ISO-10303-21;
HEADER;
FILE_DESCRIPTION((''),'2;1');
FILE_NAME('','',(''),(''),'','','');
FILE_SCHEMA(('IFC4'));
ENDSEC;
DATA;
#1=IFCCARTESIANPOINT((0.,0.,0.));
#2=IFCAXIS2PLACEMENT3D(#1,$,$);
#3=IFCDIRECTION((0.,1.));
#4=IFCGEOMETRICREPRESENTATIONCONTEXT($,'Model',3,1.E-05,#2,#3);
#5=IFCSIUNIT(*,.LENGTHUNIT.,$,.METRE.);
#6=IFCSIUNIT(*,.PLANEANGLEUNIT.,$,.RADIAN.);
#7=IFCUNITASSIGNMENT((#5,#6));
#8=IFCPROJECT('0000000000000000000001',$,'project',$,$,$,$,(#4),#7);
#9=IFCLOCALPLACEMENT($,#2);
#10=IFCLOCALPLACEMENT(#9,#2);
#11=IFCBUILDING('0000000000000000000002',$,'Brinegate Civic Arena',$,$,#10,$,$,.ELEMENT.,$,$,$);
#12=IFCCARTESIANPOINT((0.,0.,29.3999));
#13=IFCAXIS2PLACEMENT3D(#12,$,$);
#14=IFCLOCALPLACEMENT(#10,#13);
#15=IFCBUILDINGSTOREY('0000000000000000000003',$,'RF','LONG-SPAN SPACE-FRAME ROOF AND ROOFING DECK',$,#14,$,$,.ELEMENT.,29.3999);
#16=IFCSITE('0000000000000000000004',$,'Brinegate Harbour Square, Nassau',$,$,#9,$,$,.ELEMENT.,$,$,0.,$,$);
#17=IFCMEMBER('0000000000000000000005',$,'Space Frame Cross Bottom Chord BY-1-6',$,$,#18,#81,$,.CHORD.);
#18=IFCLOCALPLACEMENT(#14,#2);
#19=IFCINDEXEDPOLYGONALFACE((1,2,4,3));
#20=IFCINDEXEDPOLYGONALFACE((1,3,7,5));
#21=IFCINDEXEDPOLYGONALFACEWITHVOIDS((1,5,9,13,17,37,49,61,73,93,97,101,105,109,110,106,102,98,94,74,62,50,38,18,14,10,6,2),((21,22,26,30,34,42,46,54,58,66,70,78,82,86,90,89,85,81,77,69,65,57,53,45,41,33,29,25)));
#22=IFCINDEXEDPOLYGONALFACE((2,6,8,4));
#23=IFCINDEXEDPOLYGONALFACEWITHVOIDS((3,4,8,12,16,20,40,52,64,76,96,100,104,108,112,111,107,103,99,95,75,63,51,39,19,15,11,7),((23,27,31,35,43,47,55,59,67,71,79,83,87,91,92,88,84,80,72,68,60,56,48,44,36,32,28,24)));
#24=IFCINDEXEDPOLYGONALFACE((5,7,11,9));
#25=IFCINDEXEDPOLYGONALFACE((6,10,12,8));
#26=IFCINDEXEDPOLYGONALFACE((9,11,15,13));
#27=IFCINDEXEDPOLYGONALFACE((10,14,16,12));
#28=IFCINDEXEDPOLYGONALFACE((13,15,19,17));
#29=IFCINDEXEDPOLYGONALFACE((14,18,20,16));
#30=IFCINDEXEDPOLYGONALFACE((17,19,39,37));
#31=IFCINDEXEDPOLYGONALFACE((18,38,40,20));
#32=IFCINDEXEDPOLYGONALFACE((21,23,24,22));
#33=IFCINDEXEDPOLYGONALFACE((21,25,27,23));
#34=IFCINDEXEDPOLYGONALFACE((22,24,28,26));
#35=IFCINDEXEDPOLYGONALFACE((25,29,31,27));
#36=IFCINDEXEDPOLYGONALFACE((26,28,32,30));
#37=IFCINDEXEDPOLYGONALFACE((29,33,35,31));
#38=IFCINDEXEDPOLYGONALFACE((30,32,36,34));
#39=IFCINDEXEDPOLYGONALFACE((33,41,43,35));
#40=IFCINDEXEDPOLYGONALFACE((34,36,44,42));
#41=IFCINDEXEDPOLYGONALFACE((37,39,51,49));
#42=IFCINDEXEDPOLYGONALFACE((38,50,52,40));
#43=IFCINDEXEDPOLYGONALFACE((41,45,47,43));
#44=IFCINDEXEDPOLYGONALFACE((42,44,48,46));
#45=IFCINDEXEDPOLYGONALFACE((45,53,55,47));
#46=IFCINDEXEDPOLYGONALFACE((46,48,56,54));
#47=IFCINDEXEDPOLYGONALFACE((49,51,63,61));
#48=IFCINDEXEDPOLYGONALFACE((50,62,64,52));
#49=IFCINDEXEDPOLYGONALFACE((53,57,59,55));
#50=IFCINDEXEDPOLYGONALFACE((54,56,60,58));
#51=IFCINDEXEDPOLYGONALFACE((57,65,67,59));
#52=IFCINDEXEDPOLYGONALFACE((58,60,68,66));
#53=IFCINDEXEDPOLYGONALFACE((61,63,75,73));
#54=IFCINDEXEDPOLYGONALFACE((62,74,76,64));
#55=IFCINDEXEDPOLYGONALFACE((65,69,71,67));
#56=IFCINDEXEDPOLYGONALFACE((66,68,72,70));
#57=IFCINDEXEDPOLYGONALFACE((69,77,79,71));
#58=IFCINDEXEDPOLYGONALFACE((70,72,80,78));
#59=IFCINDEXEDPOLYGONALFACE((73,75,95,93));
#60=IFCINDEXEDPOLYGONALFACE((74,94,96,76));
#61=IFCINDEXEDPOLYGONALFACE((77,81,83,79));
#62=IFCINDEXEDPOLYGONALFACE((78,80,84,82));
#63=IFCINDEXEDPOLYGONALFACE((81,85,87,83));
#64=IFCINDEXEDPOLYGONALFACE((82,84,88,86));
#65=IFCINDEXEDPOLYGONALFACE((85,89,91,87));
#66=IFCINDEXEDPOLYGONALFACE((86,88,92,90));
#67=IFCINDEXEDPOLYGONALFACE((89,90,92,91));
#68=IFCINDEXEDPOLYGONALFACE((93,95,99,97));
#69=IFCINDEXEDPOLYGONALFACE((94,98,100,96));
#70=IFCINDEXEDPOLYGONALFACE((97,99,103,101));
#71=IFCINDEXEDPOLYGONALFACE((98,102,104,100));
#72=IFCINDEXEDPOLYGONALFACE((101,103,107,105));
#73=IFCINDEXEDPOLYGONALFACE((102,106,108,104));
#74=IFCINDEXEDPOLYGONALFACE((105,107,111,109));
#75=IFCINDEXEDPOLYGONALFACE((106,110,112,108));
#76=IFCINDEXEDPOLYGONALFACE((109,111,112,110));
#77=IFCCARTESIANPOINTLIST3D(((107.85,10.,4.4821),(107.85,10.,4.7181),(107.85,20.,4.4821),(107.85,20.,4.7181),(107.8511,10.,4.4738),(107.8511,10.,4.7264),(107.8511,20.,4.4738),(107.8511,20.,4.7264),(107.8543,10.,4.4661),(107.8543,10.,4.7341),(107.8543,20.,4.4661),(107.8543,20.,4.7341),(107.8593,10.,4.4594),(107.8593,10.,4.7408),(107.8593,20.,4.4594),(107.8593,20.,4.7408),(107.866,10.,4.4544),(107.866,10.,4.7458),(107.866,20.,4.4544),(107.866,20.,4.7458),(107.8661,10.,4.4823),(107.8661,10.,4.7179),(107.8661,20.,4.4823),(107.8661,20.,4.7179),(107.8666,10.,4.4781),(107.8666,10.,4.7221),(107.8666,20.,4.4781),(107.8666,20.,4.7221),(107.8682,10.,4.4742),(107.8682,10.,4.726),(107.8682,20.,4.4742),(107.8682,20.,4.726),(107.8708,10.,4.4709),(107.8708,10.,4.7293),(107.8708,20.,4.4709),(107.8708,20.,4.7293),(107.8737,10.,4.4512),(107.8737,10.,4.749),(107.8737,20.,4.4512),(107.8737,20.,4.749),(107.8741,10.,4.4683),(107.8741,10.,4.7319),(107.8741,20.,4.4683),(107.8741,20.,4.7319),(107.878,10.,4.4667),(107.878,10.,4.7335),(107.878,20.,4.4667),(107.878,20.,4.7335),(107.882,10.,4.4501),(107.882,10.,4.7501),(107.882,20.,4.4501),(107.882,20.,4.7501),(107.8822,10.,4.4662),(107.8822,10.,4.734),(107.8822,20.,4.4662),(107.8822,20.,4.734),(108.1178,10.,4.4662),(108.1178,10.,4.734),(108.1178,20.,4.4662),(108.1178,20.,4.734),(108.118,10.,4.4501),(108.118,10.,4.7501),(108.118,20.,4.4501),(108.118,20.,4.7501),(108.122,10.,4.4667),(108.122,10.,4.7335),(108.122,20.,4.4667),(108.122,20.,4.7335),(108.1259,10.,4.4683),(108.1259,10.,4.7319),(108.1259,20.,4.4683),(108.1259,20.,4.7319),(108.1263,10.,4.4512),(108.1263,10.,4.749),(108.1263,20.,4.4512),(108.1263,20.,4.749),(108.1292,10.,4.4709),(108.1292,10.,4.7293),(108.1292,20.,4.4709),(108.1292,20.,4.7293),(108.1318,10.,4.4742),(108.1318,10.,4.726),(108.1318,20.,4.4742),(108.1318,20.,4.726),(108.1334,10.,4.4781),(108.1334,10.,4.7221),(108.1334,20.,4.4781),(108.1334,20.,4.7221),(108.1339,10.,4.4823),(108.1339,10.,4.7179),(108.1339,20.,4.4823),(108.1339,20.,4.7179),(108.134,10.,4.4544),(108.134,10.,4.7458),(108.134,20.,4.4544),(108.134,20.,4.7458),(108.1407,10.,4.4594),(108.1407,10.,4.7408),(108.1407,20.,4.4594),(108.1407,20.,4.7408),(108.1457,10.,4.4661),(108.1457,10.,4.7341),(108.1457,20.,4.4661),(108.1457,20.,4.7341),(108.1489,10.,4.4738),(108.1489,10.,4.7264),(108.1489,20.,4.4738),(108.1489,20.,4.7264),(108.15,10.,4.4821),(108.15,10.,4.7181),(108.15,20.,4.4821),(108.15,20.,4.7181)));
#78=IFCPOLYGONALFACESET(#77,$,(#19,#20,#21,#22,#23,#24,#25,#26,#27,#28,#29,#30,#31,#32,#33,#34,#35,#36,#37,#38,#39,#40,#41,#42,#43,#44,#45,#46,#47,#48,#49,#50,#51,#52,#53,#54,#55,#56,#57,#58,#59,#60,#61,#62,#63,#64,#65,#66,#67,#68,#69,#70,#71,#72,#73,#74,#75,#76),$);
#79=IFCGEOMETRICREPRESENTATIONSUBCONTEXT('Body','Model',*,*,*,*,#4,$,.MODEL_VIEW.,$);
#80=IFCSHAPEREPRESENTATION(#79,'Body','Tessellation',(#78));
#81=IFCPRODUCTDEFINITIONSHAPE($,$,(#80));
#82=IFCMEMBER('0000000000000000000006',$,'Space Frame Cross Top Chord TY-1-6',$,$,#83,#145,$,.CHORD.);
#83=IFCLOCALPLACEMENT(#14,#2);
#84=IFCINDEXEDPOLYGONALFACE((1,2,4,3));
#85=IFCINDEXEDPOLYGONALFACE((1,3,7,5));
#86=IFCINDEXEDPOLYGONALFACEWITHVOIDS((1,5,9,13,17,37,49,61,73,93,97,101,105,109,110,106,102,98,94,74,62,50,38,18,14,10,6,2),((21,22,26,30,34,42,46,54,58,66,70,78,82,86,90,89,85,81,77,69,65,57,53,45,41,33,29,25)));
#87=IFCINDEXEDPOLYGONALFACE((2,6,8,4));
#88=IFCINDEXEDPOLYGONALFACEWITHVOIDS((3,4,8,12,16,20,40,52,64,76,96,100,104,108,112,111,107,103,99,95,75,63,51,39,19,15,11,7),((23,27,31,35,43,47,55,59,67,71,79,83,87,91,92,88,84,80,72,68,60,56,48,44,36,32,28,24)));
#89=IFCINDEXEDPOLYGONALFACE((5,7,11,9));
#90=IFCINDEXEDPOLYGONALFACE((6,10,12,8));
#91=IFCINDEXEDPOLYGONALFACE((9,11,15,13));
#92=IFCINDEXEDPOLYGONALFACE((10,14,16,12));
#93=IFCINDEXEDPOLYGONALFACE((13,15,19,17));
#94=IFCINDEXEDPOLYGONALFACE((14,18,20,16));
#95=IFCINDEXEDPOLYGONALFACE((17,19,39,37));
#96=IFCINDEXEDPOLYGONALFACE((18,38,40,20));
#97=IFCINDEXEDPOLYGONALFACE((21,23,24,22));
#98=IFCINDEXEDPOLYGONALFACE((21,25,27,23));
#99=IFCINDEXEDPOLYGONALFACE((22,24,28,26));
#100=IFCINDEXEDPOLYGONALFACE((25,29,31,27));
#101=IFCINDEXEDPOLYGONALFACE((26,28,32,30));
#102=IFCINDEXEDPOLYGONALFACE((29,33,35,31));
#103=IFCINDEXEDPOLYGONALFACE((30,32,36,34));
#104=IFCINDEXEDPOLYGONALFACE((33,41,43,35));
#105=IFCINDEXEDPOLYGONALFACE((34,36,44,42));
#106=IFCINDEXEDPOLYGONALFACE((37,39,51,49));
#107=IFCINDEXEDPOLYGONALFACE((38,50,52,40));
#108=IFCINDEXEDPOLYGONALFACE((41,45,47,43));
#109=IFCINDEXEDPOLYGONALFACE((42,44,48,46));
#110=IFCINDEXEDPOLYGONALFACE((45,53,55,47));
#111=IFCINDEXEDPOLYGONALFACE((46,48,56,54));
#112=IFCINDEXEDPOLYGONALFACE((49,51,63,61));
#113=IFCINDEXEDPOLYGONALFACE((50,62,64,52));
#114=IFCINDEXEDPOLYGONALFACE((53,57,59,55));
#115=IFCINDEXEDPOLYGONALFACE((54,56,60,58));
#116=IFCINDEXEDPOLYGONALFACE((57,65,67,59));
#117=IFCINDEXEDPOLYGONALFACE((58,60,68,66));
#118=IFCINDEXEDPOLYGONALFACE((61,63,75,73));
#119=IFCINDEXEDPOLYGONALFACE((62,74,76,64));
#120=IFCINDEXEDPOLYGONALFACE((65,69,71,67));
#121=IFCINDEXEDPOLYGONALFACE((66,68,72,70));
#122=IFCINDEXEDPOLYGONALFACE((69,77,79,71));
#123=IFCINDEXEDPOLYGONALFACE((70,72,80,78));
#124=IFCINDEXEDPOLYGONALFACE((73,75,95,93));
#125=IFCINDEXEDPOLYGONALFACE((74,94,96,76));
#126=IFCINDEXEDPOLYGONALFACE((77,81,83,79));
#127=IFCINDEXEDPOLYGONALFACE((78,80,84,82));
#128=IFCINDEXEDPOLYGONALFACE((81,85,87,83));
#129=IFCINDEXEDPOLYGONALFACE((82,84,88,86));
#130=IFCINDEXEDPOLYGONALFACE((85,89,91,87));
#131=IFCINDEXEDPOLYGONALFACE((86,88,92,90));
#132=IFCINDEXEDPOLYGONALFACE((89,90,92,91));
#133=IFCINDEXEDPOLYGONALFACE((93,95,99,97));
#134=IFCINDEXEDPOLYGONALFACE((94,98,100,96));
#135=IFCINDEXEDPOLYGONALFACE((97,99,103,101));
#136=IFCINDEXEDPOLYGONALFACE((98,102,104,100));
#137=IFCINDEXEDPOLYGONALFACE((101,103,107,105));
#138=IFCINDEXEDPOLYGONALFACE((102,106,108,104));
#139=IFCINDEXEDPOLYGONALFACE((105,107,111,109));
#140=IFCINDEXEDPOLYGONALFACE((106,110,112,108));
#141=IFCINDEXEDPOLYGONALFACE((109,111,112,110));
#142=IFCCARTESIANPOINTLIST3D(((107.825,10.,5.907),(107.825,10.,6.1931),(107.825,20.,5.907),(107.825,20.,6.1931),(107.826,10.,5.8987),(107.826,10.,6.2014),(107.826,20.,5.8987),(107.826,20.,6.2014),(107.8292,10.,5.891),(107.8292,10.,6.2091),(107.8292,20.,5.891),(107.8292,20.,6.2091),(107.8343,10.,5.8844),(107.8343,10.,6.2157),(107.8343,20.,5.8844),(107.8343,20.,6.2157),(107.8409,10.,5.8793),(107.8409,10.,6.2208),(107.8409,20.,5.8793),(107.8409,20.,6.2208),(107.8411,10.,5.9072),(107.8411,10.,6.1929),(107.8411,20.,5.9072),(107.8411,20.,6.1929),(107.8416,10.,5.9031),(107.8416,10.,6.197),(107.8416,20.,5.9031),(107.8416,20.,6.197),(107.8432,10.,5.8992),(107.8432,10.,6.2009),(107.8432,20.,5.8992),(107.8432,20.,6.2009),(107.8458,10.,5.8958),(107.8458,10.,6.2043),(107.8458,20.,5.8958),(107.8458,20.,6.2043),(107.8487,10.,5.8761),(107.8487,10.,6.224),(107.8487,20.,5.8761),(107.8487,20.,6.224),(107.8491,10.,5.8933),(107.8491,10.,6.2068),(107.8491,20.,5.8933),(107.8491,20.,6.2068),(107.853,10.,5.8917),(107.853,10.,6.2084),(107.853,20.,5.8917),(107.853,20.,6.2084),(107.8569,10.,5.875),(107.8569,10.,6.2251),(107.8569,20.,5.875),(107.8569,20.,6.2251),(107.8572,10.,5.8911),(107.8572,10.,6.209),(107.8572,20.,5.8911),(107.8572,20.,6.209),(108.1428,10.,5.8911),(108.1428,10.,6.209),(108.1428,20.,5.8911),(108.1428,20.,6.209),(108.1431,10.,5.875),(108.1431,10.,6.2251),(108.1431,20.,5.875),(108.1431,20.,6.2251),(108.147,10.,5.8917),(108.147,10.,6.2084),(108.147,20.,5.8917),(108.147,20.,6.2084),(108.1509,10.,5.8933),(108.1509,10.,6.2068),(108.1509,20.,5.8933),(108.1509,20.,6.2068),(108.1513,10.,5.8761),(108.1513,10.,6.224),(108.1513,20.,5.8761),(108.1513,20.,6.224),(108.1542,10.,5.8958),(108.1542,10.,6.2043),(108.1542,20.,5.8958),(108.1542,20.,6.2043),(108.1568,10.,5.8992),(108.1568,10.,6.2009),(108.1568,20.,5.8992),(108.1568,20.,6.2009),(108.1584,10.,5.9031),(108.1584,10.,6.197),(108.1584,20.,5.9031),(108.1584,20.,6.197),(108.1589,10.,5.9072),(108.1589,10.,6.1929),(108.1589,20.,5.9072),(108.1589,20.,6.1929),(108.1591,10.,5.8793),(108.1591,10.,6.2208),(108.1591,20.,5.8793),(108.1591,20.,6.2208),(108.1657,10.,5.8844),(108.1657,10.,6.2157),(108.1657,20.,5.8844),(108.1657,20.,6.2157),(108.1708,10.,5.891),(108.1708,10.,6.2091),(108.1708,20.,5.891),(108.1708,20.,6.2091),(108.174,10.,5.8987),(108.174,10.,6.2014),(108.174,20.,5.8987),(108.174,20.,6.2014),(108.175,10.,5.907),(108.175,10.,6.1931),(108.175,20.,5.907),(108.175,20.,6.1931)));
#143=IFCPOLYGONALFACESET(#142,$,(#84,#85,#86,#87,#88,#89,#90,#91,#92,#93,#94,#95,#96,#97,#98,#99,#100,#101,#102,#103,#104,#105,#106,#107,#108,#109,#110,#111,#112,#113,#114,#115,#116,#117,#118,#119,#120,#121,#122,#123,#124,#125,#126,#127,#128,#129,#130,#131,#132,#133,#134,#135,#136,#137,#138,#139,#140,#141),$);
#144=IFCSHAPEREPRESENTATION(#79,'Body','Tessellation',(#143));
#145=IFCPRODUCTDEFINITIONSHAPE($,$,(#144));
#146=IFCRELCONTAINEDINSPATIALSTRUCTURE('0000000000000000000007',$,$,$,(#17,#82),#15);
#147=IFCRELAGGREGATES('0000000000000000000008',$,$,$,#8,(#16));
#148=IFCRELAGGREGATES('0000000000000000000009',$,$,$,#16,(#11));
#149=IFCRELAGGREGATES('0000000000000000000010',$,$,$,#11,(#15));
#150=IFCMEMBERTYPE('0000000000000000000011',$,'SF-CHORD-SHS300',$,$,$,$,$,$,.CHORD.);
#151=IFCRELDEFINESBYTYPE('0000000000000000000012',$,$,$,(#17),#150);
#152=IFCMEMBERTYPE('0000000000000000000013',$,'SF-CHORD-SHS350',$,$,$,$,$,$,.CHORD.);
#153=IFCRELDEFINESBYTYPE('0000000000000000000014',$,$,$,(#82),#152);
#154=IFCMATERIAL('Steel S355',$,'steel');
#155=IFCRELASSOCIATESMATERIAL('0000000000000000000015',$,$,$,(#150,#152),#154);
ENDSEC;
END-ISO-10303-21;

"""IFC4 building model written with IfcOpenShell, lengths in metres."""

from ifc_helpers import new_model, si_unit, direction, frame, origin, origin_2d, place, context, subcontext, project, spatial, hollow_rectangle, extrude, material, material_profile, profile_set, type_object, element, save


model = new_model("IFC4")

# Units and contexts
model_context = context("Model", 3, precision=1e-05, world=origin(), true_north=direction((0.0, 1.0)))
body_context = subcontext(model_context, "Body", "Model", "MODEL_VIEW")
ifc_project = project(units=[si_unit("LENGTHUNIT", "METRE"), si_unit("PLANEANGLEUNIT", "RADIAN")], contexts=[model_context])

# Site, building, storey
site_placement = place(None, origin())
site = spatial("IfcSite", under=ifc_project, at=site_placement, Name="Brinegate Harbour Square, Nassau", CompositionType="ELEMENT", RefElevation=0.0)
building_placement = place(site_placement, origin())
building = spatial("IfcBuilding", under=site, at=building_placement, Name="Brinegate Civic Arena", CompositionType="ELEMENT")
storey_placement = place(building_placement, frame((0.0, 0.0, 29.3999)))
storey = spatial("IfcBuildingStorey", under=building, at=storey_placement, Name="RF", Description="LONG-SPAN SPACE-FRAME ROOF AND ROOFING DECK", CompositionType="ELEMENT", Elevation=29.3999)

# Shared definitions
ifc_material_1 = material(Name="Steel S355", Category="steel")

# Members
ifc_material_profile_1 = material_profile(ifc_material_1, hollow_rectangle(XDim=0.3, YDim=0.3, WallThickness=0.0161, InnerFilletRadius=0.0161, OuterFilletRadius=0.032, at=origin_2d()), Name="SHS300X16")
ifc_profile_set_1 = profile_set([ifc_material_profile_1], Name="Steel S355")
member_type_1 = type_object("IfcMemberType", Name="SF-CHORD-SHS300", PredefinedType="CHORD", material=ifc_profile_set_1)
member_1_placement = place(storey_placement, frame((108.0, 10.0, 4.6001), z_axis=(0.0, 1.0, 0.0), x_axis=(-1.0, 0.0, 0.0)))
element("IfcMember", 1, at=member_1_placement, inside=storey, type_object=member_type_1, Name="Space Frame Cross Bottom Chord BY-1-6", PredefinedType="CHORD", context=body_context, shape_type="SweptSolid", body=[
    extrude(hollow_rectangle(XDim=0.3, YDim=0.3, WallThickness=0.0161, InnerFilletRadius=0.0161, OuterFilletRadius=0.032, at=origin_2d()), origin(), (0.0, 0.0, 1.0), 10.0),
])
ifc_material_profile_2 = material_profile(ifc_material_1, hollow_rectangle(XDim=0.3501, YDim=0.3501, WallThickness=0.0161, InnerFilletRadius=0.0161, OuterFilletRadius=0.032, at=origin_2d()), Name="SHS350X16")
ifc_profile_set_2 = profile_set([ifc_material_profile_2], Name="Steel S355")
member_type_2 = type_object("IfcMemberType", Name="SF-CHORD-SHS350", PredefinedType="CHORD", material=ifc_profile_set_2)
member_2_placement = place(storey_placement, frame((108.0, 10.0, 6.05), z_axis=(0.0, 1.0, 0.0), x_axis=(-1.0, 0.0, 0.0)))
element("IfcMember", 2, at=member_2_placement, inside=storey, type_object=member_type_2, Name="Space Frame Cross Top Chord TY-1-6", PredefinedType="CHORD", context=body_context, shape_type="SweptSolid", body=[
    extrude(hollow_rectangle(XDim=0.3501, YDim=0.3501, WallThickness=0.0161, InnerFilletRadius=0.0161, OuterFilletRadius=0.032, at=origin_2d()), origin(), (0.0, 0.0, 1.0), 10.0),
])

save(model, "model.ifc")
